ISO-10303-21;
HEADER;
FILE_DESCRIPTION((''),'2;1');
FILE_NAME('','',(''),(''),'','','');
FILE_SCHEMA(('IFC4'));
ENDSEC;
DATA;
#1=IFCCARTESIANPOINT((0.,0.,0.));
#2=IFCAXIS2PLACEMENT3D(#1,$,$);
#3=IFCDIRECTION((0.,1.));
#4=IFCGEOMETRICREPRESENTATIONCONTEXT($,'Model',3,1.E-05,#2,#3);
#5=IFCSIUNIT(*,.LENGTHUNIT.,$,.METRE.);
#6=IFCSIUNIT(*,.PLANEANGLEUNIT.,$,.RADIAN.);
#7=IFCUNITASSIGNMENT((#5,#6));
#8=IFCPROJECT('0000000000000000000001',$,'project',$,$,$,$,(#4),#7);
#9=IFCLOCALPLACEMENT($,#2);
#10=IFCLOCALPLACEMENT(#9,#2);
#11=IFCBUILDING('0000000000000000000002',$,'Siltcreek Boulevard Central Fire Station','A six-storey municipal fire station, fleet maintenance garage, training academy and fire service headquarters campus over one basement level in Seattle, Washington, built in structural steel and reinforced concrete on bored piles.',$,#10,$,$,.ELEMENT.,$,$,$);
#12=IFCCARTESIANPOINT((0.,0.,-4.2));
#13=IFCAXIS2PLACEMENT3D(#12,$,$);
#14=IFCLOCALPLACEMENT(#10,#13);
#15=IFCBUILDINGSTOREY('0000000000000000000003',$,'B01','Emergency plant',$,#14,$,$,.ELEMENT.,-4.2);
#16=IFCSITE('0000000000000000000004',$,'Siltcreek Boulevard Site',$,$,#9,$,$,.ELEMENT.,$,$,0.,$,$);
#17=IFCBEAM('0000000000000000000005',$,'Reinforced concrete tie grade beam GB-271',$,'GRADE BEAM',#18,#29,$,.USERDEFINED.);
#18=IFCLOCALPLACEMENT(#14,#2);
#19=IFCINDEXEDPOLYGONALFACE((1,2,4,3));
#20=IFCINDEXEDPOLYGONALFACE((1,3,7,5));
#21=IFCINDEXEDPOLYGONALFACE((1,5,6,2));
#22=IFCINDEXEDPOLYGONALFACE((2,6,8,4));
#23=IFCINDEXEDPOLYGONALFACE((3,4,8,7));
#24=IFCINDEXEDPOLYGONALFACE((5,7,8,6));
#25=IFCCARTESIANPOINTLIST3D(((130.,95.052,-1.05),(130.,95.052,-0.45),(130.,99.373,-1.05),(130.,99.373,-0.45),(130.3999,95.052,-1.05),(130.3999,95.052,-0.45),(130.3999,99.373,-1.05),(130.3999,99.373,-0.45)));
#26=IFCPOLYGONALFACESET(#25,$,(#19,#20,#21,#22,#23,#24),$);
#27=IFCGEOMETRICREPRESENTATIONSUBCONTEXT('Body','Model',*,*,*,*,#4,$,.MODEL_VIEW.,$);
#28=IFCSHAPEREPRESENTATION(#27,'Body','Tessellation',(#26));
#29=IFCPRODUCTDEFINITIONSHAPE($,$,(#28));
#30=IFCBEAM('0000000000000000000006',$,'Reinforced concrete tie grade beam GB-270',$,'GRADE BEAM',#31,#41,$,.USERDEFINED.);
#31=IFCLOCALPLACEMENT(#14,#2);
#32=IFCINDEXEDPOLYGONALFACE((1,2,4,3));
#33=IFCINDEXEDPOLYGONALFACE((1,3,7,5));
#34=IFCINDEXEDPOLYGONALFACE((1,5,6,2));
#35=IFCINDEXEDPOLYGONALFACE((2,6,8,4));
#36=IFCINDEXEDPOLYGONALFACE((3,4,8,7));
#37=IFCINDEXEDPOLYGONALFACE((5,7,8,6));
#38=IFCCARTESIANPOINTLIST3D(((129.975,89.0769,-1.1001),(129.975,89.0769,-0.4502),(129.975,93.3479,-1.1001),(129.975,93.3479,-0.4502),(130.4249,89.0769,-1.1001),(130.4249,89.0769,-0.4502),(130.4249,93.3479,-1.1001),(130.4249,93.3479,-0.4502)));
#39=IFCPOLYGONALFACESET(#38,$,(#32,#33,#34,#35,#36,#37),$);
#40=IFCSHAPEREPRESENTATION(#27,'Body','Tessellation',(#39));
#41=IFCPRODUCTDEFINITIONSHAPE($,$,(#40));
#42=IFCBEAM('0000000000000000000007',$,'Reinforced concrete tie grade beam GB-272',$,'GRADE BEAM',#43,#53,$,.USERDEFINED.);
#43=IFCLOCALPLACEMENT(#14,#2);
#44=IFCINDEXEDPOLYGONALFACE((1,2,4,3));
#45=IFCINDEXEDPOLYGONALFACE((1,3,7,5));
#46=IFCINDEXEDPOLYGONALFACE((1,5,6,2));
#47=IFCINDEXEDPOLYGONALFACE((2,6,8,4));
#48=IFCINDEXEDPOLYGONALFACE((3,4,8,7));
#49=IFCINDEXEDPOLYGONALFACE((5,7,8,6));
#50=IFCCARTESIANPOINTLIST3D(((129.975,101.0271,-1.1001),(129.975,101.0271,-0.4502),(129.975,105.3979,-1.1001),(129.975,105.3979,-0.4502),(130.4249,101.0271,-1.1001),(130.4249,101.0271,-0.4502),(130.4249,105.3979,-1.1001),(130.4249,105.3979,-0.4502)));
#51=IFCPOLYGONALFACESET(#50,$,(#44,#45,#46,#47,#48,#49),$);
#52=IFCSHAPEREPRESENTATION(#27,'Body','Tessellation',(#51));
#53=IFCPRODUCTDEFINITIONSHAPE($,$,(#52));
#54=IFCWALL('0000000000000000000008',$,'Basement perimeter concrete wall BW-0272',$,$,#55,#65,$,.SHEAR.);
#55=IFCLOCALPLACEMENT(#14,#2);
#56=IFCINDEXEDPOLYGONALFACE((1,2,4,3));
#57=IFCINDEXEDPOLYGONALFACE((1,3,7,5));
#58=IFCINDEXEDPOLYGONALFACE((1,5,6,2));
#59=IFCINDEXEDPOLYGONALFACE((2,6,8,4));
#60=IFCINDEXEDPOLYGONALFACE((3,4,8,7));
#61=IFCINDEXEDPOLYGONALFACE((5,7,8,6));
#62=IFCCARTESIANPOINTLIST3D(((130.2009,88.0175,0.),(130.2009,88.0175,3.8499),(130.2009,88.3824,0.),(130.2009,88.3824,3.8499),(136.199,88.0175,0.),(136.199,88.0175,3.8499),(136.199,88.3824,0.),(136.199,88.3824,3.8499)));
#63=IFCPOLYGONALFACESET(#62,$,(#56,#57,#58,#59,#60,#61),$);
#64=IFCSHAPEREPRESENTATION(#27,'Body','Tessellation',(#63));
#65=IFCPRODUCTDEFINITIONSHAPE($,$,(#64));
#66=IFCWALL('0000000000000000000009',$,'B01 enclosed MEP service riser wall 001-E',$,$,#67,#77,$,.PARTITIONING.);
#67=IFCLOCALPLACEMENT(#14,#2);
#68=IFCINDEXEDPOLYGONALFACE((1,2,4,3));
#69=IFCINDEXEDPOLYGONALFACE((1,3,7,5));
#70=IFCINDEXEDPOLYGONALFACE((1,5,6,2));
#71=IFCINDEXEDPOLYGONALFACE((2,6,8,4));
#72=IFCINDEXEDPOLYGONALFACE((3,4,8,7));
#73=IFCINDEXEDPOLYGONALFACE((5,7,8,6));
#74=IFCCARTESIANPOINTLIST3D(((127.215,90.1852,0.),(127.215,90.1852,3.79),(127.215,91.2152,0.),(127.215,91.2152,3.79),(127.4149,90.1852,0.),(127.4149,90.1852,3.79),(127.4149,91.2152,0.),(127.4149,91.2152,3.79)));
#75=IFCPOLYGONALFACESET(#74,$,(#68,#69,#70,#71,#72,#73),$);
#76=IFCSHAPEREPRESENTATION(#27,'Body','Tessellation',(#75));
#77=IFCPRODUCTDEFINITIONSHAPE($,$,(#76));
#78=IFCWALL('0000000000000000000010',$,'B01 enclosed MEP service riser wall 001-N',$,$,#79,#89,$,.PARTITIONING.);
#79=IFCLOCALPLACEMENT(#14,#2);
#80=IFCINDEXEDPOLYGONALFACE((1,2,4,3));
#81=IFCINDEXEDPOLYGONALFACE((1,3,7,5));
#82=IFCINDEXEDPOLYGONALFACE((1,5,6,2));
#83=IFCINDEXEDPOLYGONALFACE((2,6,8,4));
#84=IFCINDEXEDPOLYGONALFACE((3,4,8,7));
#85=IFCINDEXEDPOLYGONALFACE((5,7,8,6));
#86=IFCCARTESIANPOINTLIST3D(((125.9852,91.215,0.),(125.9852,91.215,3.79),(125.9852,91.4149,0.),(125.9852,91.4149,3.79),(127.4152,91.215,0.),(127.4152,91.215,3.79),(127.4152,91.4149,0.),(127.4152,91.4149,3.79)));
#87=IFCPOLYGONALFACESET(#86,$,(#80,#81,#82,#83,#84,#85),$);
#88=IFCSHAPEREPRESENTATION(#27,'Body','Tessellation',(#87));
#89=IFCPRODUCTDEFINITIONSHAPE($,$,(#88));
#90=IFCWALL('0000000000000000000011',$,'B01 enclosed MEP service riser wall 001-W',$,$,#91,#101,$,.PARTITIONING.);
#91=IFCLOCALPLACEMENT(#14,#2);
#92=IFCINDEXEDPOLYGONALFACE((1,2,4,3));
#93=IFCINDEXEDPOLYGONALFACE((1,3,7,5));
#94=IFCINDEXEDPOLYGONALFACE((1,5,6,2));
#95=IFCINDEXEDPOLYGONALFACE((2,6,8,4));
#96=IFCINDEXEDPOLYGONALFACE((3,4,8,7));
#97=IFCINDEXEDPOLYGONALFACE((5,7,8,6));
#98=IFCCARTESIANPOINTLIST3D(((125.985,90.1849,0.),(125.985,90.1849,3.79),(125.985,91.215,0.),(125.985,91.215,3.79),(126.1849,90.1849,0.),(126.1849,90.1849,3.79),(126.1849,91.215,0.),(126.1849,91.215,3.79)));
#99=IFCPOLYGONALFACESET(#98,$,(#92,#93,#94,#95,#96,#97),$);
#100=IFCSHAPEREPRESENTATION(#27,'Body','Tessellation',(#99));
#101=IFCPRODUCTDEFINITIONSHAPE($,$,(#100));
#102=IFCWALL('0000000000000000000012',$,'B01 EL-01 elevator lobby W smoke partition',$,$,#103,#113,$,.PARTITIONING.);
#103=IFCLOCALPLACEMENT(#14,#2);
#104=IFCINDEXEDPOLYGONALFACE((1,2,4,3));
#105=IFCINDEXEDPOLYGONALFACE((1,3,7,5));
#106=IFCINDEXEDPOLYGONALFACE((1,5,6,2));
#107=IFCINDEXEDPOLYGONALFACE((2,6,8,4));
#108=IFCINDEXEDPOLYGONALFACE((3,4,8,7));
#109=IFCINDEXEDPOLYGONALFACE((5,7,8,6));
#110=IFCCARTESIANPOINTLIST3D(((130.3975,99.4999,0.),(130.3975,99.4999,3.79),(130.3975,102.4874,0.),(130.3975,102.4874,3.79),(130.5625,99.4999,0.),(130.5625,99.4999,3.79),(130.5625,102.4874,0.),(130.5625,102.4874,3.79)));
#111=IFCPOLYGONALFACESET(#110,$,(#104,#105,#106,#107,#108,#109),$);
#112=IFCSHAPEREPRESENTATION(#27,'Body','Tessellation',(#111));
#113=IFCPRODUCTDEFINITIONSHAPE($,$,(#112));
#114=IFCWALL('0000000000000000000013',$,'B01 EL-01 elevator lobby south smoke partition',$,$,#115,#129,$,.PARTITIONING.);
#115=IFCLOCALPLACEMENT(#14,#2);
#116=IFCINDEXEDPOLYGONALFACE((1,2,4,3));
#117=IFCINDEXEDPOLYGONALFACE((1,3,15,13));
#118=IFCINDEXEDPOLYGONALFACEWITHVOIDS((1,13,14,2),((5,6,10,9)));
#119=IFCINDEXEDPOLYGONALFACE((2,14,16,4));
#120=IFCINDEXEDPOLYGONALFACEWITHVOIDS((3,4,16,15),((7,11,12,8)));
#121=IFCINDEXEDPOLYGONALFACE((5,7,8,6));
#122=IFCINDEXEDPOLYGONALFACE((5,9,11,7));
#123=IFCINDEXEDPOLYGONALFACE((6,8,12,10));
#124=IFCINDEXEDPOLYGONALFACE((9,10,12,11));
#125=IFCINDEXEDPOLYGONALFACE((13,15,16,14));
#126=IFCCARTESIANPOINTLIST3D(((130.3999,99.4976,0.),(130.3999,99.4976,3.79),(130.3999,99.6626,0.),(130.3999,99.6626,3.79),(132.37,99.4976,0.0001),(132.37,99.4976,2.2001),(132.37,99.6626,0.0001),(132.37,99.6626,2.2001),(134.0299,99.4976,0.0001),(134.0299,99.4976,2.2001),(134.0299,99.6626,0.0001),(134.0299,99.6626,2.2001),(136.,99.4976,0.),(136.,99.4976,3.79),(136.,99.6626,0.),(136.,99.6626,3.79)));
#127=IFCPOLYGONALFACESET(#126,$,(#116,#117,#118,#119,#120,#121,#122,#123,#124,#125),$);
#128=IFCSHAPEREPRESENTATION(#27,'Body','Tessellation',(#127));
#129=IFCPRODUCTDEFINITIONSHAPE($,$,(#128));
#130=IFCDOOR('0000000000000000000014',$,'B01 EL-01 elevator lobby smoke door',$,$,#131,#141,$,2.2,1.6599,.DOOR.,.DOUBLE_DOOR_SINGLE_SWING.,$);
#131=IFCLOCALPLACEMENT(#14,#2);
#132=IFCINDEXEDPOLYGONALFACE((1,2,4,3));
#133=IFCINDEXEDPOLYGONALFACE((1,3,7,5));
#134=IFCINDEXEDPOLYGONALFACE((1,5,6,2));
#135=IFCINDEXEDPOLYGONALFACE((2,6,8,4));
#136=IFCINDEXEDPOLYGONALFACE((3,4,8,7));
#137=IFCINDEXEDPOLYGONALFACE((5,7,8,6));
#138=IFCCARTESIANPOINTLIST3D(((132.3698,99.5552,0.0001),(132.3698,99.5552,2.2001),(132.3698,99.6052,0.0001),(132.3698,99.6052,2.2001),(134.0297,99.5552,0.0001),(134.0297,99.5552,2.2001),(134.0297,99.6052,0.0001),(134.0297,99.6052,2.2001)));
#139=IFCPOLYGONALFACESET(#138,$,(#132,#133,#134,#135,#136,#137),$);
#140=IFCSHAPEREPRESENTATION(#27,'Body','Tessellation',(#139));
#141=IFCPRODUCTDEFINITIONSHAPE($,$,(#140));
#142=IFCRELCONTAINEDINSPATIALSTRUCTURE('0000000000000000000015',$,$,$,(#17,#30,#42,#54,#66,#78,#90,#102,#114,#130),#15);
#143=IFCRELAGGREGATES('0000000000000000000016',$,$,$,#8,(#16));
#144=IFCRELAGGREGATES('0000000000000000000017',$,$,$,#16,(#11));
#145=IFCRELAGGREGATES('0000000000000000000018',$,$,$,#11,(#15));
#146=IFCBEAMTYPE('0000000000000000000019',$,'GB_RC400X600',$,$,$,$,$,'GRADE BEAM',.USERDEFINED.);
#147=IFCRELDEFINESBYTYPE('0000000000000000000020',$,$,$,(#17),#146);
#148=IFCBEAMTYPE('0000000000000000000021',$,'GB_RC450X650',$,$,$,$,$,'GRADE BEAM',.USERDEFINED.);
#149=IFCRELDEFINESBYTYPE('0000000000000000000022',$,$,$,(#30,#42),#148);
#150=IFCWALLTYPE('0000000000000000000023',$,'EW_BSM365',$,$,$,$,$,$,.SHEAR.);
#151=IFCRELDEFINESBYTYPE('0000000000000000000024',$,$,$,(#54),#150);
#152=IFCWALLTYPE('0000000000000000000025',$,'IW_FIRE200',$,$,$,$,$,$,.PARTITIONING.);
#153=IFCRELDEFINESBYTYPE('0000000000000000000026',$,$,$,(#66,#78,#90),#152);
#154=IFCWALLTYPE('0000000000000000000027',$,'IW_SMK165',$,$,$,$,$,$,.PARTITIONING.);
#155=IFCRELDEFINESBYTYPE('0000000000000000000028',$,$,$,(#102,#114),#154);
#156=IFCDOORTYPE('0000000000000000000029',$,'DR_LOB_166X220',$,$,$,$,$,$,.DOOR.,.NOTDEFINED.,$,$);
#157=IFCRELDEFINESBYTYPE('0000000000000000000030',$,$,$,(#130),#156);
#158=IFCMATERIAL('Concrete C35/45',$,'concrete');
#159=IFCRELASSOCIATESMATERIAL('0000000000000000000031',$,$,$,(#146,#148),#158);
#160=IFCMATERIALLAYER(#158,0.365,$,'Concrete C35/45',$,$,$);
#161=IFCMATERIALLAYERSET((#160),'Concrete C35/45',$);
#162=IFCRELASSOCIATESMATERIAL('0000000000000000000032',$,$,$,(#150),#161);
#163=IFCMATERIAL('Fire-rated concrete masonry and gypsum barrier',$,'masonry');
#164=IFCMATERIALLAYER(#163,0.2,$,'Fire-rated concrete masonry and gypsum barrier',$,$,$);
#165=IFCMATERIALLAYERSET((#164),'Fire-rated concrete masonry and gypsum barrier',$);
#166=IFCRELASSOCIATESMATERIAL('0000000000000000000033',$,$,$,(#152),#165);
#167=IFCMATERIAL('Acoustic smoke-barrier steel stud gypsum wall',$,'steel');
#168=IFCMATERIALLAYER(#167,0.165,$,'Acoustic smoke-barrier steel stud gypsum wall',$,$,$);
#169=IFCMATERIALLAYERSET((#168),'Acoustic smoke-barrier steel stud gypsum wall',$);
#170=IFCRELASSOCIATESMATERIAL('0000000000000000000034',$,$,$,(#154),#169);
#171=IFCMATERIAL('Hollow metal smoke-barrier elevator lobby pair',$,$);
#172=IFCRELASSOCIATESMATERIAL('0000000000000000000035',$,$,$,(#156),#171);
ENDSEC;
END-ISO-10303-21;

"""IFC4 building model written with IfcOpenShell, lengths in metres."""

from ifc_helpers import new_model, si_unit, direction, frame, frame_2d, origin, origin_2d, place, context, subcontext, project, spatial, rectangle, extrude, material, layer, layer_set, material_profile, profile_set, type_object, element, fill, save


model = new_model("IFC4")

# Units and contexts
model_context = context("Model", 3, precision=1e-05, world=origin(), true_north=direction((0.0, 1.0)))
body_context = subcontext(model_context, "Body", "Model", "MODEL_VIEW")
ifc_project = project(units=[si_unit("LENGTHUNIT", "METRE"), si_unit("PLANEANGLEUNIT", "RADIAN")], contexts=[model_context])

# Site, building, storey
site_placement = place(None, origin())
site = spatial("IfcSite", under=ifc_project, at=site_placement, Name="Siltcreek Boulevard Site", CompositionType="ELEMENT", RefElevation=0.0)
building_placement = place(site_placement, origin())
building = spatial("IfcBuilding", under=site, at=building_placement, Name="Siltcreek Boulevard Central Fire Station", Description="A six-storey municipal fire station, fleet maintenance garage, training academy and fire service headquarters campus over one basement level in Seattle, Washington, built in structural steel and reinforced concrete on bored piles.", CompositionType="ELEMENT")
storey_placement = place(building_placement, frame((0.0, 0.0, -4.2)))
storey = spatial("IfcBuildingStorey", under=building, at=storey_placement, Name="B01", Description="Emergency plant", CompositionType="ELEMENT", Elevation=-4.2)

# Shared definitions
ifc_material_1 = material(Name="Concrete C35/45", Category="concrete")

# Beams
ifc_material_profile_1 = material_profile(ifc_material_1, rectangle(XDim=0.3999, YDim=0.6001, at=origin_2d()), Name="RC400X600")
ifc_profile_set_1 = profile_set([ifc_material_profile_1], Name="Concrete C35/45")
beam_type_1 = type_object("IfcBeamType", Name="GB_RC400X600", ElementType="GRADE BEAM", PredefinedType="USERDEFINED", material=ifc_profile_set_1)
beam_1_placement = place(storey_placement, frame((130.2, 95.052, -0.75), z_axis=(0.0, 1.0, 0.0), x_axis=(-1.0, 0.0, 0.0)))
element("IfcBeam", 1, at=beam_1_placement, inside=storey, type_object=beam_type_1, Name="Reinforced concrete tie grade beam GB-271", ObjectType="GRADE BEAM", PredefinedType="USERDEFINED", context=body_context, shape_type="SweptSolid", body=[
    extrude(rectangle(XDim=0.3999, YDim=0.6001, at=origin_2d()), origin(), (0.0, 0.0, 1.0), 4.321),
])
ifc_material_profile_2 = material_profile(ifc_material_1, rectangle(XDim=0.45, YDim=0.6499, at=origin_2d()), Name="RC450X650")
ifc_profile_set_2 = profile_set([ifc_material_profile_2], Name="Concrete C35/45")
beam_type_2 = type_object("IfcBeamType", Name="GB_RC450X650", ElementType="GRADE BEAM", PredefinedType="USERDEFINED", material=ifc_profile_set_2)
beam_2_placement = place(storey_placement, frame((130.2, 89.0769, -0.7751), z_axis=(0.0, 1.0, 0.0), x_axis=(-1.0, 0.0, 0.0)))
element("IfcBeam", 2, at=beam_2_placement, inside=storey, type_object=beam_type_2, Name="Reinforced concrete tie grade beam GB-270", ObjectType="GRADE BEAM", PredefinedType="USERDEFINED", context=body_context, shape_type="SweptSolid", body=[
    extrude(rectangle(XDim=0.45, YDim=0.6499, at=origin_2d()), origin(), (0.0, 0.0, 1.0), 4.271),
])
beam_3_placement = place(storey_placement, frame((130.2, 101.0271, -0.7751), z_axis=(0.0, 1.0, 0.0), x_axis=(-1.0, 0.0, 0.0)))
element("IfcBeam", 3, at=beam_3_placement, inside=storey, type_object=beam_type_2, Name="Reinforced concrete tie grade beam GB-272", ObjectType="GRADE BEAM", PredefinedType="USERDEFINED", context=body_context, shape_type="SweptSolid", body=[
    extrude(rectangle(XDim=0.45, YDim=0.6499, at=origin_2d()), origin(), (0.0, 0.0, 1.0), 4.3708),
])

# Walls
ifc_layer_1 = layer(ifc_material_1, 0.365, Name="Concrete C35/45")
ifc_layer_set_1 = layer_set([ifc_layer_1], Name="Concrete C35/45")
wall_type_1 = type_object("IfcWallType", Name="EW_BSM365", PredefinedType="SHEAR", material=ifc_layer_set_1)
wall_1_placement = place(storey_placement, frame((130.2009, 88.2, 0.0), z_axis=(0.0, 0.0, 1.0), x_axis=(1.0, 0.0, 0.0)))
element("IfcWall", 4, at=wall_1_placement, inside=storey, type_object=wall_type_1, Name="Basement perimeter concrete wall BW-0272", PredefinedType="SHEAR", context=body_context, shape_type="SweptSolid", body=[
    extrude(rectangle(XDim=5.998, YDim=0.365, at=frame_2d((2.999, 0.0))), origin(), (0.0, 0.0, 1.0), 3.8499),
])
ifc_material_2 = material(Name="Fire-rated concrete masonry and gypsum barrier", Category="masonry")
ifc_layer_2 = layer(ifc_material_2, 0.2, Name="Fire-rated concrete masonry and gypsum barrier")
ifc_layer_set_2 = layer_set([ifc_layer_2], Name="Fire-rated concrete masonry and gypsum barrier")
wall_type_2 = type_object("IfcWallType", Name="IW_FIRE200", PredefinedType="PARTITIONING", material=ifc_layer_set_2)
wall_2_placement = place(storey_placement, frame((127.3149, 90.1851, 0.0), z_axis=(0.0, 0.0, 1.0), x_axis=(0.0, 1.0, 0.0)))
element("IfcWall", 5, at=wall_2_placement, inside=storey, type_object=wall_type_2, Name="B01 enclosed MEP service riser wall 001-E", PredefinedType="PARTITIONING", context=body_context, shape_type="SweptSolid", body=[
    extrude(rectangle(XDim=1.03, YDim=0.2, at=frame_2d((0.5151, 0.0))), origin(), (0.0, 0.0, 1.0), 3.79),
])
wall_3_placement = place(storey_placement, frame((127.415, 91.3149, 0.0), z_axis=(0.0, 0.0, 1.0), x_axis=(-1.0, 0.0, 0.0)))
element("IfcWall", 6, at=wall_3_placement, inside=storey, type_object=wall_type_2, Name="B01 enclosed MEP service riser wall 001-N", PredefinedType="PARTITIONING", context=body_context, shape_type="SweptSolid", body=[
    extrude(rectangle(XDim=1.4299, YDim=0.2, at=frame_2d((0.7148, 0.0))), origin(), (0.0, 0.0, 1.0), 3.79),
])
wall_4_placement = place(storey_placement, frame((126.085, 91.2151, 0.0), z_axis=(0.0, 0.0, 1.0), x_axis=(0.0, -1.0, 0.0)))
element("IfcWall", 7, at=wall_4_placement, inside=storey, type_object=wall_type_2, Name="B01 enclosed MEP service riser wall 001-W", PredefinedType="PARTITIONING", context=body_context, shape_type="SweptSolid", body=[
    extrude(rectangle(XDim=1.03, YDim=0.2, at=frame_2d((0.5151, 0.0))), origin(), (0.0, 0.0, 1.0), 3.79),
])
ifc_material_3 = material(Name="Acoustic smoke-barrier steel stud gypsum wall", Category="steel")
ifc_layer_3 = layer(ifc_material_3, 0.165, Name="Acoustic smoke-barrier steel stud gypsum wall")
ifc_layer_set_3 = layer_set([ifc_layer_3], Name="Acoustic smoke-barrier steel stud gypsum wall")
wall_type_3 = type_object("IfcWallType", Name="IW_SMK165", PredefinedType="PARTITIONING", material=ifc_layer_set_3)
wall_5_placement = place(storey_placement, frame((130.48, 99.5, 0.0), z_axis=(0.0, 0.0, 1.0), x_axis=(0.0, 1.0, 0.0)))
element("IfcWall", 8, at=wall_5_placement, inside=storey, type_object=wall_type_3, Name="B01 EL-01 elevator lobby W smoke partition", PredefinedType="PARTITIONING", context=body_context, shape_type="SweptSolid", body=[
    extrude(rectangle(XDim=2.9875, YDim=0.165, at=frame_2d((1.4937, 0.0))), origin(), (0.0, 0.0, 1.0), 3.79),
])

# Wall, opening, door
wall_6_placement = place(storey_placement, frame((130.3999, 99.5801, 0.0), z_axis=(0.0, 0.0, 1.0), x_axis=(1.0, 0.0, 0.0)))
wall_6 = element("IfcWall", 9, at=wall_6_placement, inside=storey, type_object=wall_type_3, Name="B01 EL-01 elevator lobby south smoke partition", PredefinedType="PARTITIONING", context=body_context, shape_type="SweptSolid", body=[
    extrude(rectangle(XDim=5.6001, YDim=0.165, at=frame_2d((2.8, 0.0))), origin(), (0.0, 0.0, 1.0), 3.79),
])
opening_placement = place(wall_6_placement, frame((1.97, 0.0, 0.0)))
opening = element("IfcOpeningElement", 10, at=opening_placement, cuts=wall_6, PredefinedType="OPENING", context=body_context, shape_type="SweptSolid", body=[
    extrude(rectangle(XDim=1.6599, YDim=2.2, at=frame_2d((0.8301, 1.1001))), frame((0.0, 0.0925, 0.0), z_axis=(0.0, -1.0, 0.0), x_axis=(1.0, 0.0, 0.0)), (0.0, 0.0, 1.0), 0.1851),
])
ifc_material_4 = material(Name="Hollow metal smoke-barrier elevator lobby pair")
door_type = type_object("IfcDoorType", Name="DR_LOB_166X220", OperationType="NOTDEFINED", PredefinedType="DOOR", material=ifc_material_4)
door_placement = place(opening_placement, frame((1.6599, 0.0, 0.0), z_axis=(0.0, 0.0, 1.0), x_axis=(-1.0, 0.0, 0.0)))
door = element("IfcDoor", 11, at=door_placement, inside=storey, type_object=door_type, Name="B01 EL-01 elevator lobby smoke door", OperationType="DOUBLE_DOOR_SINGLE_SWING", OverallHeight=2.2, OverallWidth=1.6599, PredefinedType="DOOR", context=body_context, shape_type="SweptSolid", body=[
    extrude(rectangle(XDim=1.6599, YDim=2.2, at=frame_2d((0.8301, 1.1001))), frame((0.0, 0.0249, 0.0), z_axis=(0.0, -1.0, 0.0), x_axis=(1.0, 0.0, 0.0)), (0.0, 0.0, 1.0), 0.05),
])
fill(opening, door)

save(model, "model.ifc")
